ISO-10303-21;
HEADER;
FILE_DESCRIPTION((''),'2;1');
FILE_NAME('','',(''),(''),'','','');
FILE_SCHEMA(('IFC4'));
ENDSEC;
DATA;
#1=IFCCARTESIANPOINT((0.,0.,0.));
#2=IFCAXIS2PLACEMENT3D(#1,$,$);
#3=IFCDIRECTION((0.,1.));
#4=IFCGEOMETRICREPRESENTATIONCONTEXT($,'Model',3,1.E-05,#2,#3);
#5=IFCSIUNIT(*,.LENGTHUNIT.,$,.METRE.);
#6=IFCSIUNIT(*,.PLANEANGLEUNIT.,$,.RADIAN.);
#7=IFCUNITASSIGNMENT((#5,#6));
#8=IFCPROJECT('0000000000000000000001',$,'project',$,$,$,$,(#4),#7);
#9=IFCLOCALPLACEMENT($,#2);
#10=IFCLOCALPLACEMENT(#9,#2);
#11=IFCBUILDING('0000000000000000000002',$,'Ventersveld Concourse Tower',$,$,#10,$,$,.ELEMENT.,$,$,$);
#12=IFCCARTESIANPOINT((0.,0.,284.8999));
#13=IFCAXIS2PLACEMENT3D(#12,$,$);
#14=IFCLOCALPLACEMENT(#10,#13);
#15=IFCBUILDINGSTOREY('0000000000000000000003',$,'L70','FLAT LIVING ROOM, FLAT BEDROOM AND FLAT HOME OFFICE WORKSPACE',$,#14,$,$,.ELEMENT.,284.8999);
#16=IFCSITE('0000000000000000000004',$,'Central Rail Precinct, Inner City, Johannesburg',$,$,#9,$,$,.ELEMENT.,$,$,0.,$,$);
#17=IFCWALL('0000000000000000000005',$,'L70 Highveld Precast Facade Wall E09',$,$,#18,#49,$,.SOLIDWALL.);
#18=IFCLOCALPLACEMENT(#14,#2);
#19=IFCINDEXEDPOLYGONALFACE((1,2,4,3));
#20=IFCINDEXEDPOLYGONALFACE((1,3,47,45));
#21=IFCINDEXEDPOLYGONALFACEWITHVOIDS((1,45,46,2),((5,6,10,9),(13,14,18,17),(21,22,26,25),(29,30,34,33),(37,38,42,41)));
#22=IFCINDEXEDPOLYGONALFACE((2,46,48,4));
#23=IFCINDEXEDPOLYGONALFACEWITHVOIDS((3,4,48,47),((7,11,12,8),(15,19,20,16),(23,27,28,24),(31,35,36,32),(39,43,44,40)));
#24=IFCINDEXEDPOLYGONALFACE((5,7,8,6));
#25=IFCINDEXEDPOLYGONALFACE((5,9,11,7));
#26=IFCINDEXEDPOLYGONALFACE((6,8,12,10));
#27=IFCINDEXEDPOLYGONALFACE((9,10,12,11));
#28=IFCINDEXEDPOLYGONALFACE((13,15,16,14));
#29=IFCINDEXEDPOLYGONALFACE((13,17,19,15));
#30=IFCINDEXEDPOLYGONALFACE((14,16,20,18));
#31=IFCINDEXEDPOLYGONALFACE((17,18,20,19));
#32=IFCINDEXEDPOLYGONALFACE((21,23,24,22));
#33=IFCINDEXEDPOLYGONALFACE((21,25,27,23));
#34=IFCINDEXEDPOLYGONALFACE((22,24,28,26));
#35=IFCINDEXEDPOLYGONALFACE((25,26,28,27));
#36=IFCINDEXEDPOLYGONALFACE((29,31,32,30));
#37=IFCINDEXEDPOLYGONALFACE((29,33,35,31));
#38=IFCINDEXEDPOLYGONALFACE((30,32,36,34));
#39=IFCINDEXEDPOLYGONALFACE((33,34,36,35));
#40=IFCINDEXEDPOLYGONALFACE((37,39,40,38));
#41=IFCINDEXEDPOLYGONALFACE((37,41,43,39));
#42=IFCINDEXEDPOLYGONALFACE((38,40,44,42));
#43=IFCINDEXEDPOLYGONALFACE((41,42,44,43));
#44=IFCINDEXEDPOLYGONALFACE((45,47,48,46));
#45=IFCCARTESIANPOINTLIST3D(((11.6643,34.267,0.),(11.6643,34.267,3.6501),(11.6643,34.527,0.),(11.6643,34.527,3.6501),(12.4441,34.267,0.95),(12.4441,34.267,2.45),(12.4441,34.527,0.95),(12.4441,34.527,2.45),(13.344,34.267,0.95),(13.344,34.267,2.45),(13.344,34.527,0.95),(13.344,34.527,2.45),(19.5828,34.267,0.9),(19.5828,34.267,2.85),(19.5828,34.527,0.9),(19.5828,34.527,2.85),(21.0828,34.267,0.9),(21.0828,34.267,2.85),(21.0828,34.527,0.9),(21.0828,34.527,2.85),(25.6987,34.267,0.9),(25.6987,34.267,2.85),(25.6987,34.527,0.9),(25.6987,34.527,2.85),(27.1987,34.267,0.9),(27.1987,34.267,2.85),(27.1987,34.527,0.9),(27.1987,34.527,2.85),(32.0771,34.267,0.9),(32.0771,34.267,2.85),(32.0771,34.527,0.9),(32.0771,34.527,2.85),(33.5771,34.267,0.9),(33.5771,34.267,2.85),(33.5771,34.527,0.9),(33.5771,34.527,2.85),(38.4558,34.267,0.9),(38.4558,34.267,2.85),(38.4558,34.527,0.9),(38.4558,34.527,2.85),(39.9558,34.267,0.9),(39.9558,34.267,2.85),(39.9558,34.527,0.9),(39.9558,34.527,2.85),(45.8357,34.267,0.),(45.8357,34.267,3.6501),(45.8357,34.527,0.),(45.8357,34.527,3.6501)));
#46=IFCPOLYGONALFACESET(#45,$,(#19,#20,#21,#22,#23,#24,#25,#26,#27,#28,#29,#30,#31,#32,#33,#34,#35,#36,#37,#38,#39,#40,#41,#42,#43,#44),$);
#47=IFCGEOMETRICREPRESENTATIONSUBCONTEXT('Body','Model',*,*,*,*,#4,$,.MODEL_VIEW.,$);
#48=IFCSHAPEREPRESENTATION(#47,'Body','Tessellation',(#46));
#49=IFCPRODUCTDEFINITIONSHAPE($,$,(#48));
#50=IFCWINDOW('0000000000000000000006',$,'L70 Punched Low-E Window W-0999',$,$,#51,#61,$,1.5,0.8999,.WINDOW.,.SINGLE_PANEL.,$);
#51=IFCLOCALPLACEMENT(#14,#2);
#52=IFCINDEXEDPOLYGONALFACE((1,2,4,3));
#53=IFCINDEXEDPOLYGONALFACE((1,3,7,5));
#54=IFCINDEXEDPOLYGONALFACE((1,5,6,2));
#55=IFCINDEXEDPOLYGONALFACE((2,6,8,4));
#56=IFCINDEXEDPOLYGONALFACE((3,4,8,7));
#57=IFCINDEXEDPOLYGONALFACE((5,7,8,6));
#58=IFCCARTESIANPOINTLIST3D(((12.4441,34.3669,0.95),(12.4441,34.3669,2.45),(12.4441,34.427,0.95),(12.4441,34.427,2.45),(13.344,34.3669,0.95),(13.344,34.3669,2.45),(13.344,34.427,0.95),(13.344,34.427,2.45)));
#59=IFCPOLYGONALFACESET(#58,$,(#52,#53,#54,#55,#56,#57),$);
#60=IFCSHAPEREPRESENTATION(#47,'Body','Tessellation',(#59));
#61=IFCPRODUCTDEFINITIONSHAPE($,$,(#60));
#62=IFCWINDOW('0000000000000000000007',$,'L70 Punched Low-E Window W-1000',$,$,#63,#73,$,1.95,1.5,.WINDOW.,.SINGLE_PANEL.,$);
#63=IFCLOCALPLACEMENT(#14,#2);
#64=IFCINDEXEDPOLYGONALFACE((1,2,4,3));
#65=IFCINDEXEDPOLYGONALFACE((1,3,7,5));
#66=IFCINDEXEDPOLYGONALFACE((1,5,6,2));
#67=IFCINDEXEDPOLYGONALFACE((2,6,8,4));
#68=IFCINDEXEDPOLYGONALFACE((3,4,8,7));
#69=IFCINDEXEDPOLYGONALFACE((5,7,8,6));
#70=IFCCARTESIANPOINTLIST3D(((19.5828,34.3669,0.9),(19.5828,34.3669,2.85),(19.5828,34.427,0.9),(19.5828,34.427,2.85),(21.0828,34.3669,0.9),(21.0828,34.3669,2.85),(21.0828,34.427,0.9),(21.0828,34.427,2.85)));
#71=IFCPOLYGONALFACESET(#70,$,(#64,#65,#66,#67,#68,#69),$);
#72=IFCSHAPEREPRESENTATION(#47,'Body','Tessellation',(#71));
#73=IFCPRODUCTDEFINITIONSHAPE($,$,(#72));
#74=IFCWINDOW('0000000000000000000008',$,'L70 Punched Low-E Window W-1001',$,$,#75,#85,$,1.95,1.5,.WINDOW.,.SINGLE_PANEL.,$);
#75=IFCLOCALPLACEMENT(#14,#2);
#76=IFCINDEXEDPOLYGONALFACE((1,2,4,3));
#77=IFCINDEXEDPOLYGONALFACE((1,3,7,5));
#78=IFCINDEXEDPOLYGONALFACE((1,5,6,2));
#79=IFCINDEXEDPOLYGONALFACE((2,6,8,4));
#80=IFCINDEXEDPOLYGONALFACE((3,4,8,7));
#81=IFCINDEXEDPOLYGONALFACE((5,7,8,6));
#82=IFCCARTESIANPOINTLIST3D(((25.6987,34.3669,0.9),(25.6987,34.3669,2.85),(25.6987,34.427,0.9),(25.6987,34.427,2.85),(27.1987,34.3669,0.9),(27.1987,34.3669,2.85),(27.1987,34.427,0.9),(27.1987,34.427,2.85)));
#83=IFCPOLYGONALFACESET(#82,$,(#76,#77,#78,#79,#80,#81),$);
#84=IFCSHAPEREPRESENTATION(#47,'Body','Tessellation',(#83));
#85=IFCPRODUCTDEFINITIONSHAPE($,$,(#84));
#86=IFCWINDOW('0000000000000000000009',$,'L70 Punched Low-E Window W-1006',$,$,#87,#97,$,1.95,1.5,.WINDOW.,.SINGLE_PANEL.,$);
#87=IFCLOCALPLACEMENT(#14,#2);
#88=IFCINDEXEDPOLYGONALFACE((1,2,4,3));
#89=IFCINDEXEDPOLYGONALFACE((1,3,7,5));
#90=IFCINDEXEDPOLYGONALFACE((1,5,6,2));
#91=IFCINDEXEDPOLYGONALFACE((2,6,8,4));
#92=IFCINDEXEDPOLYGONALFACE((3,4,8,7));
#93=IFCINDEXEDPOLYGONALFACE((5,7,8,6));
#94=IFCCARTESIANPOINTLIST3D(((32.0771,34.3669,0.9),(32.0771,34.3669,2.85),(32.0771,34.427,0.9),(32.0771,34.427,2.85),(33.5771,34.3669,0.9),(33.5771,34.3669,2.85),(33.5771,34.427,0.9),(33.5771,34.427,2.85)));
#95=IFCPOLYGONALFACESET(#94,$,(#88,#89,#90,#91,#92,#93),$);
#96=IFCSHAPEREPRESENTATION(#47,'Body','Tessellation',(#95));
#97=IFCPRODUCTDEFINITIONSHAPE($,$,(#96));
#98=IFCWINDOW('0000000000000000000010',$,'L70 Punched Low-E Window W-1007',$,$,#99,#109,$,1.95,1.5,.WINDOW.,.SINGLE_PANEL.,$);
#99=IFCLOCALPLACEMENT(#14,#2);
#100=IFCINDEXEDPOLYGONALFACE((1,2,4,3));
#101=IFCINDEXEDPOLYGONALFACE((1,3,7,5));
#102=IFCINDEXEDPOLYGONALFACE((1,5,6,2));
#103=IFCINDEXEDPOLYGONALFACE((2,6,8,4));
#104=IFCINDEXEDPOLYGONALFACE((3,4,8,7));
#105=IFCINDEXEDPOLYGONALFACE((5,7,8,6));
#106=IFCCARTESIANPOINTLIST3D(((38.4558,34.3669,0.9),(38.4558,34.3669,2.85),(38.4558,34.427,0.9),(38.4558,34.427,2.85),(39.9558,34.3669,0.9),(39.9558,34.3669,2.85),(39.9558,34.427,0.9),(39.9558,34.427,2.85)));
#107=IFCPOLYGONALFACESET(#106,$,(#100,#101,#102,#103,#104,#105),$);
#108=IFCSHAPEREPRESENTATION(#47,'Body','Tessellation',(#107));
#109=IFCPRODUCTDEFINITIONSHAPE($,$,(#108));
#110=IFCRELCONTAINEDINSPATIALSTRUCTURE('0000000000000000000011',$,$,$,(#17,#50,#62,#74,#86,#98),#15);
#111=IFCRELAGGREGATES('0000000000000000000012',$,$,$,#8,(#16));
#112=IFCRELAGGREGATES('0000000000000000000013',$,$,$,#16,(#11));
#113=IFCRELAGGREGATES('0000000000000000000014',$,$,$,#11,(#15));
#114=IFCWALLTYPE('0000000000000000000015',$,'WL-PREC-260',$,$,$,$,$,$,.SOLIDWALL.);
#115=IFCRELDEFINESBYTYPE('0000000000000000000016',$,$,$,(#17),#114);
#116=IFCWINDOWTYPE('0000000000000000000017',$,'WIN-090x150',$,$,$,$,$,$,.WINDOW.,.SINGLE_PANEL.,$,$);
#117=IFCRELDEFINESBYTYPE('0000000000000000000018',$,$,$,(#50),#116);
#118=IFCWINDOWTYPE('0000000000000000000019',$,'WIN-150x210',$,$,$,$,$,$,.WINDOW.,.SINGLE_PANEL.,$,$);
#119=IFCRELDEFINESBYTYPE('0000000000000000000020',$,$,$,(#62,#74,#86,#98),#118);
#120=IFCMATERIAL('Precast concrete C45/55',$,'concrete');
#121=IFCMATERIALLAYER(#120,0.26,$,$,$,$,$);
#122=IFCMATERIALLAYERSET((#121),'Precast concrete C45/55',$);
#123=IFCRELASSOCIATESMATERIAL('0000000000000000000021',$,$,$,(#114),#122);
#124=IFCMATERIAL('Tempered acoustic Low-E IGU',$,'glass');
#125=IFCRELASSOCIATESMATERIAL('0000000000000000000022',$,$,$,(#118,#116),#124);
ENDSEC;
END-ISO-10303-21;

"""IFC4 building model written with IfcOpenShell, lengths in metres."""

from ifc_helpers import new_model, si_unit, direction, frame, frame_2d, origin, place, context, subcontext, project, spatial, rectangle, extrude, material, layer, layer_set, type_object, element, fill, save


model = new_model("IFC4")

# Units and contexts
model_context = context("Model", 3, precision=1e-05, world=origin(), true_north=direction((0.0, 1.0)))
body_context = subcontext(model_context, "Body", "Model", "MODEL_VIEW")
ifc_project = project(units=[si_unit("LENGTHUNIT", "METRE"), si_unit("PLANEANGLEUNIT", "RADIAN")], contexts=[model_context])

# Site, building, storey
site_placement = place(None, origin())
site = spatial("IfcSite", under=ifc_project, at=site_placement, Name="Central Rail Precinct, Inner City, Johannesburg", CompositionType="ELEMENT", RefElevation=0.0)
building_placement = place(site_placement, origin())
building = spatial("IfcBuilding", under=site, at=building_placement, Name="Ventersveld Concourse Tower", CompositionType="ELEMENT")
storey_placement = place(building_placement, frame((0.0, 0.0, 284.8999)))
storey = spatial("IfcBuildingStorey", under=building, at=storey_placement, Name="L70", Description="FLAT LIVING ROOM, FLAT BEDROOM AND FLAT HOME OFFICE WORKSPACE", CompositionType="ELEMENT", Elevation=284.8999)

# Shared definitions
ifc_material_1 = material(Name="Precast concrete C45/55", Category="concrete")
ifc_layer_1 = layer(ifc_material_1, 0.26)
ifc_layer_set_1 = layer_set([ifc_layer_1], Name="Precast concrete C45/55")
wall_type_1 = type_object("IfcWallType", Name="WL-PREC-260", PredefinedType="SOLIDWALL", material=ifc_layer_set_1)
ifc_material_2 = material(Name="Tempered acoustic Low-E IGU", Category="glass")
window_type_1 = type_object("IfcWindowType", Name="WIN-150x210", PartitioningType="SINGLE_PANEL", PredefinedType="WINDOW", material=ifc_material_2)

# Shared definitions
window_type_2 = type_object("IfcWindowType", Name="WIN-090x150", PartitioningType="SINGLE_PANEL", PredefinedType="WINDOW", material=ifc_material_2)

# Wall, openings, windows
wall_1_placement = place(storey_placement, frame((45.8357, 34.397, 0.0), z_axis=(0.0, 0.0, 1.0), x_axis=(-1.0, 0.0, 0.0)))
wall_1 = element("IfcWall", 1, at=wall_1_placement, inside=storey, type_object=wall_type_1, Name="L70 Highveld Precast Facade Wall E09", PredefinedType="SOLIDWALL", context=body_context, shape_type="SweptSolid", body=[
    extrude(rectangle(XDim=34.1714, YDim=0.26, at=frame_2d((17.0857, 0.0))), origin(), (0.0, 0.0, 1.0), 3.6501),
])
opening_1_placement = place(wall_1_placement, frame((32.4917, 0.0, 0.95)))
opening_1 = element("IfcOpeningElement", 2, at=opening_1_placement, cuts=wall_1, PredefinedType="OPENING", context=body_context, shape_type="SweptSolid", body=[
    extrude(rectangle(XDim=0.8999, YDim=1.5, at=frame_2d((0.45, 0.75))), frame((0.0, 0.1401, 0.0), z_axis=(0.0, -1.0, 0.0), x_axis=(1.0, 0.0, 0.0)), (0.0, 0.0, 1.0), 0.28),
])
opening_2_placement = place(wall_1_placement, frame((24.7529, 0.0, 0.8999)))
opening_2 = element("IfcOpeningElement", 3, at=opening_2_placement, cuts=wall_1, PredefinedType="OPENING", context=body_context, shape_type="SweptSolid", body=[
    extrude(rectangle(XDim=1.5, YDim=1.95, at=frame_2d((0.75, 0.9751))), frame((0.0, 0.1401, 0.0), z_axis=(0.0, -1.0, 0.0), x_axis=(1.0, 0.0, 0.0)), (0.0, 0.0, 1.0), 0.28),
])
opening_3_placement = place(wall_1_placement, frame((18.637, 0.0, 0.8999)))
opening_3 = element("IfcOpeningElement", 4, at=opening_3_placement, cuts=wall_1, PredefinedType="OPENING", context=body_context, shape_type="SweptSolid", body=[
    extrude(rectangle(XDim=1.5, YDim=1.95, at=frame_2d((0.75, 0.9751))), frame((0.0, 0.1401, 0.0), z_axis=(0.0, -1.0, 0.0), x_axis=(1.0, 0.0, 0.0)), (0.0, 0.0, 1.0), 0.28),
])
opening_4_placement = place(wall_1_placement, frame((12.2585, 0.0, 0.8999)))
opening_4 = element("IfcOpeningElement", 5, at=opening_4_placement, cuts=wall_1, PredefinedType="OPENING", context=body_context, shape_type="SweptSolid", body=[
    extrude(rectangle(XDim=1.5, YDim=1.95, at=frame_2d((0.75, 0.9751))), frame((0.0, 0.1401, 0.0), z_axis=(0.0, -1.0, 0.0), x_axis=(1.0, 0.0, 0.0)), (0.0, 0.0, 1.0), 0.28),
])
opening_5_placement = place(wall_1_placement, frame((5.8799, 0.0, 0.8999)))
opening_5 = element("IfcOpeningElement", 6, at=opening_5_placement, cuts=wall_1, PredefinedType="OPENING", context=body_context, shape_type="SweptSolid", body=[
    extrude(rectangle(XDim=1.5, YDim=1.95, at=frame_2d((0.75, 0.9751))), frame((0.0, 0.1401, 0.0), z_axis=(0.0, -1.0, 0.0), x_axis=(1.0, 0.0, 0.0)), (0.0, 0.0, 1.0), 0.28),
])
window_1_placement = place(opening_1_placement, origin())
window_1 = element("IfcWindow", 7, at=window_1_placement, inside=storey, type_object=window_type_2, Name="L70 Punched Low-E Window W-0999", OverallHeight=1.5, OverallWidth=0.8999, PartitioningType="SINGLE_PANEL", PredefinedType="WINDOW", context=body_context, shape_type="SweptSolid", body=[
    extrude(rectangle(XDim=0.8999, YDim=1.5, at=frame_2d((0.45, 0.75))), frame((0.0, 0.03, 0.0), z_axis=(0.0, -1.0, 0.0), x_axis=(1.0, 0.0, 0.0)), (0.0, 0.0, 1.0), 0.0601),
])
fill(opening_1, window_1)
window_2_placement = place(opening_2_placement, origin())
window_2 = element("IfcWindow", 8, at=window_2_placement, inside=storey, type_object=window_type_1, Name="L70 Punched Low-E Window W-1000", OverallHeight=1.95, OverallWidth=1.5, PartitioningType="SINGLE_PANEL", PredefinedType="WINDOW", context=body_context, shape_type="SweptSolid", body=[
    extrude(rectangle(XDim=1.5, YDim=1.95, at=frame_2d((0.75, 0.9751))), frame((0.0, 0.03, 0.0), z_axis=(0.0, -1.0, 0.0), x_axis=(1.0, 0.0, 0.0)), (0.0, 0.0, 1.0), 0.0601),
])
fill(opening_2, window_2)
window_3_placement = place(opening_3_placement, origin())
window_3 = element("IfcWindow", 9, at=window_3_placement, inside=storey, type_object=window_type_1, Name="L70 Punched Low-E Window W-1001", OverallHeight=1.95, OverallWidth=1.5, PartitioningType="SINGLE_PANEL", PredefinedType="WINDOW", context=body_context, shape_type="SweptSolid", body=[
    extrude(rectangle(XDim=1.5, YDim=1.95, at=frame_2d((0.75, 0.9751))), frame((0.0, 0.03, 0.0), z_axis=(0.0, -1.0, 0.0), x_axis=(1.0, 0.0, 0.0)), (0.0, 0.0, 1.0), 0.0601),
])
fill(opening_3, window_3)
window_4_placement = place(opening_4_placement, origin())
window_4 = element("IfcWindow", 10, at=window_4_placement, inside=storey, type_object=window_type_1, Name="L70 Punched Low-E Window W-1006", OverallHeight=1.95, OverallWidth=1.5, PartitioningType="SINGLE_PANEL", PredefinedType="WINDOW", context=body_context, shape_type="SweptSolid", body=[
    extrude(rectangle(XDim=1.5, YDim=1.95, at=frame_2d((0.75, 0.9751))), frame((0.0, 0.03, 0.0), z_axis=(0.0, -1.0, 0.0), x_axis=(1.0, 0.0, 0.0)), (0.0, 0.0, 1.0), 0.0601),
])
fill(opening_4, window_4)
window_5_placement = place(opening_5_placement, origin())
window_5 = element("IfcWindow", 11, at=window_5_placement, inside=storey, type_object=window_type_1, Name="L70 Punched Low-E Window W-1007", OverallHeight=1.95, OverallWidth=1.5, PartitioningType="SINGLE_PANEL", PredefinedType="WINDOW", context=body_context, shape_type="SweptSolid", body=[
    extrude(rectangle(XDim=1.5, YDim=1.95, at=frame_2d((0.75, 0.9751))), frame((0.0, 0.03, 0.0), z_axis=(0.0, -1.0, 0.0), x_axis=(1.0, 0.0, 0.0)), (0.0, 0.0, 1.0), 0.0601),
])
fill(opening_5, window_5)

save(model, "model.ifc")
